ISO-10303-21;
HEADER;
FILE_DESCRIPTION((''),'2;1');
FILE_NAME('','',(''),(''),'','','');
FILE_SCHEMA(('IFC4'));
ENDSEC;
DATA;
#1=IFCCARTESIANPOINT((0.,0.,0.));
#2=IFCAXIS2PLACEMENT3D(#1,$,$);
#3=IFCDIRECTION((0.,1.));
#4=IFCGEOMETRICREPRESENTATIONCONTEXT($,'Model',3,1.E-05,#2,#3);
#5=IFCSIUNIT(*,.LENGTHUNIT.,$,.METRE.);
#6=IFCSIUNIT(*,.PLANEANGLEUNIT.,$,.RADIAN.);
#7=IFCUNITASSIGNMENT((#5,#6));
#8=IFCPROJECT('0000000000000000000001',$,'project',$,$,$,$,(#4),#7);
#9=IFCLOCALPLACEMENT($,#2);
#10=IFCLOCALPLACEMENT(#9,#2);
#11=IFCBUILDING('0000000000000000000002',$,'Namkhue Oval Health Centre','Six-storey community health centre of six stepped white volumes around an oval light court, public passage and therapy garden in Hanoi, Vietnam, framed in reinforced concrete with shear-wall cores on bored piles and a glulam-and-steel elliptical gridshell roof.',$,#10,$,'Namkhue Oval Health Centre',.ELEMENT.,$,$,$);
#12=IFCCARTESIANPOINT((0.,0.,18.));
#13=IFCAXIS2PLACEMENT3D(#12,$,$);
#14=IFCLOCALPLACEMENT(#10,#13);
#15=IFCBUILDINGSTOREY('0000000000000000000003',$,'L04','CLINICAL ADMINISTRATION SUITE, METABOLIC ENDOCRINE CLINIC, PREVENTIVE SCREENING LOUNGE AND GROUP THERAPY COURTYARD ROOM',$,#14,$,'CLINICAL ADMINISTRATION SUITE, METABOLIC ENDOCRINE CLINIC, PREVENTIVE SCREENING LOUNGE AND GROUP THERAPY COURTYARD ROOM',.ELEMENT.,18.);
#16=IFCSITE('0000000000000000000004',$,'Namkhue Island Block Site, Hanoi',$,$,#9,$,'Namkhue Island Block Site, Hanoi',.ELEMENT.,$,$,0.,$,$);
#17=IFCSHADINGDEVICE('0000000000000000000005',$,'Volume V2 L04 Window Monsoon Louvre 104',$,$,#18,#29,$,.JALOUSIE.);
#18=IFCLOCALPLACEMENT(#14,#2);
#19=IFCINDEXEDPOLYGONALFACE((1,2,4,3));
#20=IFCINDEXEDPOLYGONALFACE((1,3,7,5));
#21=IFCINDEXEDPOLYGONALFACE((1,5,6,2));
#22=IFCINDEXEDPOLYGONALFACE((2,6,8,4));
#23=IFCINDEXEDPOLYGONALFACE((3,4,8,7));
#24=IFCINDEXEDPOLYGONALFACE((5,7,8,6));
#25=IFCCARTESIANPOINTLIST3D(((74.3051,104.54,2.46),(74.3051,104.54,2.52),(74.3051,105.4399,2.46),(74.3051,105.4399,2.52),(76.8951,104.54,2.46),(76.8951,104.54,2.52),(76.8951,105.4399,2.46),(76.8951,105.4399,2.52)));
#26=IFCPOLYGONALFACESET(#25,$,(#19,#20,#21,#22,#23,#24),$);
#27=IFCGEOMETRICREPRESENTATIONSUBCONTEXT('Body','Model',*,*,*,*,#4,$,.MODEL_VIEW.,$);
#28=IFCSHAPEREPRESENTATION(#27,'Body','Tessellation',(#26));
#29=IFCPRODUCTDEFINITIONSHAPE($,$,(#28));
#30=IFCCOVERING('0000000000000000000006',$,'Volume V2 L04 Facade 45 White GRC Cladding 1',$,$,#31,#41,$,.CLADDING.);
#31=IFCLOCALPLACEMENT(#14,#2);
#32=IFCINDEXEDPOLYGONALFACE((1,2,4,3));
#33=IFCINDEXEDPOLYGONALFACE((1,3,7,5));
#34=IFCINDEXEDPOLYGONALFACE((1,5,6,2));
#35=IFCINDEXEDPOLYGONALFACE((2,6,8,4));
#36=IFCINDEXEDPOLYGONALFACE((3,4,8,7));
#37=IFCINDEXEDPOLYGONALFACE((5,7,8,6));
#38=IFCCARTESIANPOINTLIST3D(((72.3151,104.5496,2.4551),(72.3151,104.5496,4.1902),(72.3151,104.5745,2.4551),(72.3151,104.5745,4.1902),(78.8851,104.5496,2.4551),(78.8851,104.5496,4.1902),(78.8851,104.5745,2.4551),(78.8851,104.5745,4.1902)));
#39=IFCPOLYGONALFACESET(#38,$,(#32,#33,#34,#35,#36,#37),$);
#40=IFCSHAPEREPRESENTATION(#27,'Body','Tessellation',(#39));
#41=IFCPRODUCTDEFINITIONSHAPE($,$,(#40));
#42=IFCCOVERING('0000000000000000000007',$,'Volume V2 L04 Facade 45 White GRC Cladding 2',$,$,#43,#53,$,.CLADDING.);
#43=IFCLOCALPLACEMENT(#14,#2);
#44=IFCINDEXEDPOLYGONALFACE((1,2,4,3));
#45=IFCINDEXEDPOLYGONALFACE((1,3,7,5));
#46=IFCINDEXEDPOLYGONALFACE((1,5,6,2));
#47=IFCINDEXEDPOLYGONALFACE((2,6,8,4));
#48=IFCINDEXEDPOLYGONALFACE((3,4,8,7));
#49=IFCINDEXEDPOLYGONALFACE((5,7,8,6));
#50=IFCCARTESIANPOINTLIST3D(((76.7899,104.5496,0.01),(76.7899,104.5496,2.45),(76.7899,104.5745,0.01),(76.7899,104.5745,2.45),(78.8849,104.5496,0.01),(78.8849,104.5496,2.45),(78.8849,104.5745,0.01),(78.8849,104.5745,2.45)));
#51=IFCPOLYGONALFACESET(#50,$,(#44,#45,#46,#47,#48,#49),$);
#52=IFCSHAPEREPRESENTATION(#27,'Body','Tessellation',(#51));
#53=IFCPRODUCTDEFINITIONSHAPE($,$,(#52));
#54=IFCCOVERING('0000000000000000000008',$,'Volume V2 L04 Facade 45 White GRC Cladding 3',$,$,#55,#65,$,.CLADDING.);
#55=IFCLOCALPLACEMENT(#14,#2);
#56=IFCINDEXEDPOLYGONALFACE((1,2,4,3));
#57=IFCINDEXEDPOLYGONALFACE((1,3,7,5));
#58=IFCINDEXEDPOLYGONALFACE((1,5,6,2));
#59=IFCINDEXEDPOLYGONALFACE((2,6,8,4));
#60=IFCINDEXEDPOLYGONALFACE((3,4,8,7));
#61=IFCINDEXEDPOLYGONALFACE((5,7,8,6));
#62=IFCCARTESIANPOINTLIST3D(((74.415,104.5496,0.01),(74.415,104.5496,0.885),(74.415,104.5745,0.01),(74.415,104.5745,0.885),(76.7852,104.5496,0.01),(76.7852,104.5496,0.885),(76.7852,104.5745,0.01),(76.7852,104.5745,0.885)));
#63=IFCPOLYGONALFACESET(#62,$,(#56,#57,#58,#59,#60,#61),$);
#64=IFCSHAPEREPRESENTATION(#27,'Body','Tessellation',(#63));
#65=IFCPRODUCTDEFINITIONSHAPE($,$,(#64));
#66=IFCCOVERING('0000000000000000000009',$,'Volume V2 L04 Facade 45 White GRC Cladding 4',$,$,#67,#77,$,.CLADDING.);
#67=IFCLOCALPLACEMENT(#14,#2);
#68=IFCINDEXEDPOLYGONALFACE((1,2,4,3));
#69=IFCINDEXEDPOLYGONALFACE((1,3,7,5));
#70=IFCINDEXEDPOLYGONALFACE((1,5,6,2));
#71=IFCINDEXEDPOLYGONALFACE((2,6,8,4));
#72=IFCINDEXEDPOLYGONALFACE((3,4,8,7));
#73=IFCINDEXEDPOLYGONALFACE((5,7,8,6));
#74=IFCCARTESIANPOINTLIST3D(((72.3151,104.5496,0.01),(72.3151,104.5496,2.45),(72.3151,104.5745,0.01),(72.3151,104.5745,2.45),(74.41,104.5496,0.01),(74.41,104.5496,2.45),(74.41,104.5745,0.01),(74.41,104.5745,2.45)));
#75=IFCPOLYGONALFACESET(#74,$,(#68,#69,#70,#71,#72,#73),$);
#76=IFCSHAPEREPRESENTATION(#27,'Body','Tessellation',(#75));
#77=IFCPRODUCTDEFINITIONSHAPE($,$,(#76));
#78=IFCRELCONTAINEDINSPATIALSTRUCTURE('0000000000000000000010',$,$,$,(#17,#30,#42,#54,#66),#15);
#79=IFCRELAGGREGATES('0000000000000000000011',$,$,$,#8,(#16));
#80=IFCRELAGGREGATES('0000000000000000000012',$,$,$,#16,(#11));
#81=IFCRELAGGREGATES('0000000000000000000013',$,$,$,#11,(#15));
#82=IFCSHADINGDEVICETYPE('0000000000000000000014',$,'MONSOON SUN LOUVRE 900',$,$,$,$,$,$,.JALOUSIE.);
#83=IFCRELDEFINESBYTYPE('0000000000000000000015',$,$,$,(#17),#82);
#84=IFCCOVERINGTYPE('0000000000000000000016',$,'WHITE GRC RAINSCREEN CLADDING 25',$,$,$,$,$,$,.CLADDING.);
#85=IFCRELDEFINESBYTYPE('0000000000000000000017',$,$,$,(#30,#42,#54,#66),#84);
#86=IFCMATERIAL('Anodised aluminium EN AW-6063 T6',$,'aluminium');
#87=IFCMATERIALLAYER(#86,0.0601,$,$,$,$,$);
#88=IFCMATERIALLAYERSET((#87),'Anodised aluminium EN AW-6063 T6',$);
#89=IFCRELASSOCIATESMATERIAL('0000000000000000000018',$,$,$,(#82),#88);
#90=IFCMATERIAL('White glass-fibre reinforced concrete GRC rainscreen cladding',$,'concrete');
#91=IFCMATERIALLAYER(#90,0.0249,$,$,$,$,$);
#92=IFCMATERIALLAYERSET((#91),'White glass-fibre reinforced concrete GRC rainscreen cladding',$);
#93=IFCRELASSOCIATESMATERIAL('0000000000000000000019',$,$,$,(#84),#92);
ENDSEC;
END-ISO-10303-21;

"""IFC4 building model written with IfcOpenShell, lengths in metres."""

from ifc_helpers import new_model, si_unit, direction, frame, origin, origin_2d, place, context, subcontext, project, spatial, rectangle, extrude, material, layer, layer_set, type_object, element, save


model = new_model("IFC4")

# Units and contexts
model_context = context("Model", 3, precision=1e-05, world=origin(), true_north=direction((0.0, 1.0)))
body_context = subcontext(model_context, "Body", "Model", "MODEL_VIEW")
ifc_project = project(units=[si_unit("LENGTHUNIT", "METRE"), si_unit("PLANEANGLEUNIT", "RADIAN")], contexts=[model_context])

# Site, building, storey
site_placement = place(None, origin())
site = spatial("IfcSite", under=ifc_project, at=site_placement, Name="Namkhue Island Block Site, Hanoi", LongName="Namkhue Island Block Site, Hanoi", CompositionType="ELEMENT", RefElevation=0.0)
building_placement = place(site_placement, origin())
building = spatial("IfcBuilding", under=site, at=building_placement, Name="Namkhue Oval Health Centre", Description="Six-storey community health centre of six stepped white volumes around an oval light court, public passage and therapy garden in Hanoi, Vietnam, framed in reinforced concrete with shear-wall cores on bored piles and a glulam-and-steel elliptical gridshell roof.", LongName="Namkhue Oval Health Centre", CompositionType="ELEMENT")
storey_placement = place(building_placement, frame((0.0, 0.0, 18.0)))
storey = spatial("IfcBuildingStorey", under=building, at=storey_placement, Name="L04", Description="CLINICAL ADMINISTRATION SUITE, METABOLIC ENDOCRINE CLINIC, PREVENTIVE SCREENING LOUNGE AND GROUP THERAPY COURTYARD ROOM", LongName="CLINICAL ADMINISTRATION SUITE, METABOLIC ENDOCRINE CLINIC, PREVENTIVE SCREENING LOUNGE AND GROUP THERAPY COURTYARD ROOM", CompositionType="ELEMENT", Elevation=18.0)

# Shared definitions
ifc_material_1 = material(Name="Anodised aluminium EN AW-6063 T6", Category="aluminium")

# Shading device
ifc_layer_1 = layer(ifc_material_1, 0.0601)
ifc_layer_set_1 = layer_set([ifc_layer_1], Name="Anodised aluminium EN AW-6063 T6")
shading_device_type = type_object("IfcShadingDeviceType", Name="MONSOON SUN LOUVRE 900", PredefinedType="JALOUSIE", material=ifc_layer_set_1)
shading_device_placement = place(storey_placement, frame((75.6001, 104.99, 2.46), z_axis=(0.0, 0.0, 1.0), x_axis=(-1.0, 0.0, 0.0)))
element("IfcShadingDevice", 1, at=shading_device_placement, inside=storey, type_object=shading_device_type, Name="Volume V2 L04 Window Monsoon Louvre 104", PredefinedType="JALOUSIE", context=body_context, shape_type="SweptSolid", body=[
    extrude(rectangle(XDim=2.5901, YDim=0.8999, at=origin_2d()), origin(), (0.0, 0.0, 1.0), 0.0601),
])

# Coverings
ifc_material_2 = material(Name="White glass-fibre reinforced concrete GRC rainscreen cladding", Category="concrete")
ifc_layer_2 = layer(ifc_material_2, 0.0249)
ifc_layer_set_2 = layer_set([ifc_layer_2], Name="White glass-fibre reinforced concrete GRC rainscreen cladding")
covering_type = type_object("IfcCoveringType", Name="WHITE GRC RAINSCREEN CLADDING 25", PredefinedType="CLADDING", material=ifc_layer_set_2)
covering_1_placement = place(storey_placement, frame((75.6001, 104.562, 2.4551), z_axis=(0.0, 0.0, 1.0), x_axis=(-1.0, 0.0, 0.0)))
element("IfcCovering", 2, at=covering_1_placement, inside=storey, type_object=covering_type, Name="Volume V2 L04 Facade 45 White GRC Cladding 1", PredefinedType="CLADDING", context=body_context, shape_type="SweptSolid", body=[
    extrude(rectangle(XDim=6.5701, YDim=0.0249, at=origin_2d()), origin(), (0.0, 0.0, 1.0), 1.7351),
])
covering_2_placement = place(storey_placement, frame((77.8374, 104.562, 0.01), z_axis=(0.0, 0.0, 1.0), x_axis=(-1.0, 0.0, 0.0)))
element("IfcCovering", 3, at=covering_2_placement, inside=storey, type_object=covering_type, Name="Volume V2 L04 Facade 45 White GRC Cladding 2", PredefinedType="CLADDING", context=body_context, shape_type="SweptSolid", body=[
    extrude(rectangle(XDim=2.095, YDim=0.0249, at=origin_2d()), origin(), (0.0, 0.0, 1.0), 2.4399),
])
covering_3_placement = place(storey_placement, frame((75.6001, 104.562, 0.01), z_axis=(0.0, 0.0, 1.0), x_axis=(-1.0, 0.0, 0.0)))
element("IfcCovering", 4, at=covering_3_placement, inside=storey, type_object=covering_type, Name="Volume V2 L04 Facade 45 White GRC Cladding 3", PredefinedType="CLADDING", context=body_context, shape_type="SweptSolid", body=[
    extrude(rectangle(XDim=2.3701, YDim=0.0249, at=origin_2d()), origin(), (0.0, 0.0, 1.0), 0.875),
])
covering_4_placement = place(storey_placement, frame((73.3625, 104.562, 0.01), z_axis=(0.0, 0.0, 1.0), x_axis=(-1.0, 0.0, 0.0)))
element("IfcCovering", 5, at=covering_4_placement, inside=storey, type_object=covering_type, Name="Volume V2 L04 Facade 45 White GRC Cladding 4", PredefinedType="CLADDING", context=body_context, shape_type="SweptSolid", body=[
    extrude(rectangle(XDim=2.095, YDim=0.0249, at=origin_2d()), origin(), (0.0, 0.0, 1.0), 2.4399),
])

save(model, "model.ifc")
